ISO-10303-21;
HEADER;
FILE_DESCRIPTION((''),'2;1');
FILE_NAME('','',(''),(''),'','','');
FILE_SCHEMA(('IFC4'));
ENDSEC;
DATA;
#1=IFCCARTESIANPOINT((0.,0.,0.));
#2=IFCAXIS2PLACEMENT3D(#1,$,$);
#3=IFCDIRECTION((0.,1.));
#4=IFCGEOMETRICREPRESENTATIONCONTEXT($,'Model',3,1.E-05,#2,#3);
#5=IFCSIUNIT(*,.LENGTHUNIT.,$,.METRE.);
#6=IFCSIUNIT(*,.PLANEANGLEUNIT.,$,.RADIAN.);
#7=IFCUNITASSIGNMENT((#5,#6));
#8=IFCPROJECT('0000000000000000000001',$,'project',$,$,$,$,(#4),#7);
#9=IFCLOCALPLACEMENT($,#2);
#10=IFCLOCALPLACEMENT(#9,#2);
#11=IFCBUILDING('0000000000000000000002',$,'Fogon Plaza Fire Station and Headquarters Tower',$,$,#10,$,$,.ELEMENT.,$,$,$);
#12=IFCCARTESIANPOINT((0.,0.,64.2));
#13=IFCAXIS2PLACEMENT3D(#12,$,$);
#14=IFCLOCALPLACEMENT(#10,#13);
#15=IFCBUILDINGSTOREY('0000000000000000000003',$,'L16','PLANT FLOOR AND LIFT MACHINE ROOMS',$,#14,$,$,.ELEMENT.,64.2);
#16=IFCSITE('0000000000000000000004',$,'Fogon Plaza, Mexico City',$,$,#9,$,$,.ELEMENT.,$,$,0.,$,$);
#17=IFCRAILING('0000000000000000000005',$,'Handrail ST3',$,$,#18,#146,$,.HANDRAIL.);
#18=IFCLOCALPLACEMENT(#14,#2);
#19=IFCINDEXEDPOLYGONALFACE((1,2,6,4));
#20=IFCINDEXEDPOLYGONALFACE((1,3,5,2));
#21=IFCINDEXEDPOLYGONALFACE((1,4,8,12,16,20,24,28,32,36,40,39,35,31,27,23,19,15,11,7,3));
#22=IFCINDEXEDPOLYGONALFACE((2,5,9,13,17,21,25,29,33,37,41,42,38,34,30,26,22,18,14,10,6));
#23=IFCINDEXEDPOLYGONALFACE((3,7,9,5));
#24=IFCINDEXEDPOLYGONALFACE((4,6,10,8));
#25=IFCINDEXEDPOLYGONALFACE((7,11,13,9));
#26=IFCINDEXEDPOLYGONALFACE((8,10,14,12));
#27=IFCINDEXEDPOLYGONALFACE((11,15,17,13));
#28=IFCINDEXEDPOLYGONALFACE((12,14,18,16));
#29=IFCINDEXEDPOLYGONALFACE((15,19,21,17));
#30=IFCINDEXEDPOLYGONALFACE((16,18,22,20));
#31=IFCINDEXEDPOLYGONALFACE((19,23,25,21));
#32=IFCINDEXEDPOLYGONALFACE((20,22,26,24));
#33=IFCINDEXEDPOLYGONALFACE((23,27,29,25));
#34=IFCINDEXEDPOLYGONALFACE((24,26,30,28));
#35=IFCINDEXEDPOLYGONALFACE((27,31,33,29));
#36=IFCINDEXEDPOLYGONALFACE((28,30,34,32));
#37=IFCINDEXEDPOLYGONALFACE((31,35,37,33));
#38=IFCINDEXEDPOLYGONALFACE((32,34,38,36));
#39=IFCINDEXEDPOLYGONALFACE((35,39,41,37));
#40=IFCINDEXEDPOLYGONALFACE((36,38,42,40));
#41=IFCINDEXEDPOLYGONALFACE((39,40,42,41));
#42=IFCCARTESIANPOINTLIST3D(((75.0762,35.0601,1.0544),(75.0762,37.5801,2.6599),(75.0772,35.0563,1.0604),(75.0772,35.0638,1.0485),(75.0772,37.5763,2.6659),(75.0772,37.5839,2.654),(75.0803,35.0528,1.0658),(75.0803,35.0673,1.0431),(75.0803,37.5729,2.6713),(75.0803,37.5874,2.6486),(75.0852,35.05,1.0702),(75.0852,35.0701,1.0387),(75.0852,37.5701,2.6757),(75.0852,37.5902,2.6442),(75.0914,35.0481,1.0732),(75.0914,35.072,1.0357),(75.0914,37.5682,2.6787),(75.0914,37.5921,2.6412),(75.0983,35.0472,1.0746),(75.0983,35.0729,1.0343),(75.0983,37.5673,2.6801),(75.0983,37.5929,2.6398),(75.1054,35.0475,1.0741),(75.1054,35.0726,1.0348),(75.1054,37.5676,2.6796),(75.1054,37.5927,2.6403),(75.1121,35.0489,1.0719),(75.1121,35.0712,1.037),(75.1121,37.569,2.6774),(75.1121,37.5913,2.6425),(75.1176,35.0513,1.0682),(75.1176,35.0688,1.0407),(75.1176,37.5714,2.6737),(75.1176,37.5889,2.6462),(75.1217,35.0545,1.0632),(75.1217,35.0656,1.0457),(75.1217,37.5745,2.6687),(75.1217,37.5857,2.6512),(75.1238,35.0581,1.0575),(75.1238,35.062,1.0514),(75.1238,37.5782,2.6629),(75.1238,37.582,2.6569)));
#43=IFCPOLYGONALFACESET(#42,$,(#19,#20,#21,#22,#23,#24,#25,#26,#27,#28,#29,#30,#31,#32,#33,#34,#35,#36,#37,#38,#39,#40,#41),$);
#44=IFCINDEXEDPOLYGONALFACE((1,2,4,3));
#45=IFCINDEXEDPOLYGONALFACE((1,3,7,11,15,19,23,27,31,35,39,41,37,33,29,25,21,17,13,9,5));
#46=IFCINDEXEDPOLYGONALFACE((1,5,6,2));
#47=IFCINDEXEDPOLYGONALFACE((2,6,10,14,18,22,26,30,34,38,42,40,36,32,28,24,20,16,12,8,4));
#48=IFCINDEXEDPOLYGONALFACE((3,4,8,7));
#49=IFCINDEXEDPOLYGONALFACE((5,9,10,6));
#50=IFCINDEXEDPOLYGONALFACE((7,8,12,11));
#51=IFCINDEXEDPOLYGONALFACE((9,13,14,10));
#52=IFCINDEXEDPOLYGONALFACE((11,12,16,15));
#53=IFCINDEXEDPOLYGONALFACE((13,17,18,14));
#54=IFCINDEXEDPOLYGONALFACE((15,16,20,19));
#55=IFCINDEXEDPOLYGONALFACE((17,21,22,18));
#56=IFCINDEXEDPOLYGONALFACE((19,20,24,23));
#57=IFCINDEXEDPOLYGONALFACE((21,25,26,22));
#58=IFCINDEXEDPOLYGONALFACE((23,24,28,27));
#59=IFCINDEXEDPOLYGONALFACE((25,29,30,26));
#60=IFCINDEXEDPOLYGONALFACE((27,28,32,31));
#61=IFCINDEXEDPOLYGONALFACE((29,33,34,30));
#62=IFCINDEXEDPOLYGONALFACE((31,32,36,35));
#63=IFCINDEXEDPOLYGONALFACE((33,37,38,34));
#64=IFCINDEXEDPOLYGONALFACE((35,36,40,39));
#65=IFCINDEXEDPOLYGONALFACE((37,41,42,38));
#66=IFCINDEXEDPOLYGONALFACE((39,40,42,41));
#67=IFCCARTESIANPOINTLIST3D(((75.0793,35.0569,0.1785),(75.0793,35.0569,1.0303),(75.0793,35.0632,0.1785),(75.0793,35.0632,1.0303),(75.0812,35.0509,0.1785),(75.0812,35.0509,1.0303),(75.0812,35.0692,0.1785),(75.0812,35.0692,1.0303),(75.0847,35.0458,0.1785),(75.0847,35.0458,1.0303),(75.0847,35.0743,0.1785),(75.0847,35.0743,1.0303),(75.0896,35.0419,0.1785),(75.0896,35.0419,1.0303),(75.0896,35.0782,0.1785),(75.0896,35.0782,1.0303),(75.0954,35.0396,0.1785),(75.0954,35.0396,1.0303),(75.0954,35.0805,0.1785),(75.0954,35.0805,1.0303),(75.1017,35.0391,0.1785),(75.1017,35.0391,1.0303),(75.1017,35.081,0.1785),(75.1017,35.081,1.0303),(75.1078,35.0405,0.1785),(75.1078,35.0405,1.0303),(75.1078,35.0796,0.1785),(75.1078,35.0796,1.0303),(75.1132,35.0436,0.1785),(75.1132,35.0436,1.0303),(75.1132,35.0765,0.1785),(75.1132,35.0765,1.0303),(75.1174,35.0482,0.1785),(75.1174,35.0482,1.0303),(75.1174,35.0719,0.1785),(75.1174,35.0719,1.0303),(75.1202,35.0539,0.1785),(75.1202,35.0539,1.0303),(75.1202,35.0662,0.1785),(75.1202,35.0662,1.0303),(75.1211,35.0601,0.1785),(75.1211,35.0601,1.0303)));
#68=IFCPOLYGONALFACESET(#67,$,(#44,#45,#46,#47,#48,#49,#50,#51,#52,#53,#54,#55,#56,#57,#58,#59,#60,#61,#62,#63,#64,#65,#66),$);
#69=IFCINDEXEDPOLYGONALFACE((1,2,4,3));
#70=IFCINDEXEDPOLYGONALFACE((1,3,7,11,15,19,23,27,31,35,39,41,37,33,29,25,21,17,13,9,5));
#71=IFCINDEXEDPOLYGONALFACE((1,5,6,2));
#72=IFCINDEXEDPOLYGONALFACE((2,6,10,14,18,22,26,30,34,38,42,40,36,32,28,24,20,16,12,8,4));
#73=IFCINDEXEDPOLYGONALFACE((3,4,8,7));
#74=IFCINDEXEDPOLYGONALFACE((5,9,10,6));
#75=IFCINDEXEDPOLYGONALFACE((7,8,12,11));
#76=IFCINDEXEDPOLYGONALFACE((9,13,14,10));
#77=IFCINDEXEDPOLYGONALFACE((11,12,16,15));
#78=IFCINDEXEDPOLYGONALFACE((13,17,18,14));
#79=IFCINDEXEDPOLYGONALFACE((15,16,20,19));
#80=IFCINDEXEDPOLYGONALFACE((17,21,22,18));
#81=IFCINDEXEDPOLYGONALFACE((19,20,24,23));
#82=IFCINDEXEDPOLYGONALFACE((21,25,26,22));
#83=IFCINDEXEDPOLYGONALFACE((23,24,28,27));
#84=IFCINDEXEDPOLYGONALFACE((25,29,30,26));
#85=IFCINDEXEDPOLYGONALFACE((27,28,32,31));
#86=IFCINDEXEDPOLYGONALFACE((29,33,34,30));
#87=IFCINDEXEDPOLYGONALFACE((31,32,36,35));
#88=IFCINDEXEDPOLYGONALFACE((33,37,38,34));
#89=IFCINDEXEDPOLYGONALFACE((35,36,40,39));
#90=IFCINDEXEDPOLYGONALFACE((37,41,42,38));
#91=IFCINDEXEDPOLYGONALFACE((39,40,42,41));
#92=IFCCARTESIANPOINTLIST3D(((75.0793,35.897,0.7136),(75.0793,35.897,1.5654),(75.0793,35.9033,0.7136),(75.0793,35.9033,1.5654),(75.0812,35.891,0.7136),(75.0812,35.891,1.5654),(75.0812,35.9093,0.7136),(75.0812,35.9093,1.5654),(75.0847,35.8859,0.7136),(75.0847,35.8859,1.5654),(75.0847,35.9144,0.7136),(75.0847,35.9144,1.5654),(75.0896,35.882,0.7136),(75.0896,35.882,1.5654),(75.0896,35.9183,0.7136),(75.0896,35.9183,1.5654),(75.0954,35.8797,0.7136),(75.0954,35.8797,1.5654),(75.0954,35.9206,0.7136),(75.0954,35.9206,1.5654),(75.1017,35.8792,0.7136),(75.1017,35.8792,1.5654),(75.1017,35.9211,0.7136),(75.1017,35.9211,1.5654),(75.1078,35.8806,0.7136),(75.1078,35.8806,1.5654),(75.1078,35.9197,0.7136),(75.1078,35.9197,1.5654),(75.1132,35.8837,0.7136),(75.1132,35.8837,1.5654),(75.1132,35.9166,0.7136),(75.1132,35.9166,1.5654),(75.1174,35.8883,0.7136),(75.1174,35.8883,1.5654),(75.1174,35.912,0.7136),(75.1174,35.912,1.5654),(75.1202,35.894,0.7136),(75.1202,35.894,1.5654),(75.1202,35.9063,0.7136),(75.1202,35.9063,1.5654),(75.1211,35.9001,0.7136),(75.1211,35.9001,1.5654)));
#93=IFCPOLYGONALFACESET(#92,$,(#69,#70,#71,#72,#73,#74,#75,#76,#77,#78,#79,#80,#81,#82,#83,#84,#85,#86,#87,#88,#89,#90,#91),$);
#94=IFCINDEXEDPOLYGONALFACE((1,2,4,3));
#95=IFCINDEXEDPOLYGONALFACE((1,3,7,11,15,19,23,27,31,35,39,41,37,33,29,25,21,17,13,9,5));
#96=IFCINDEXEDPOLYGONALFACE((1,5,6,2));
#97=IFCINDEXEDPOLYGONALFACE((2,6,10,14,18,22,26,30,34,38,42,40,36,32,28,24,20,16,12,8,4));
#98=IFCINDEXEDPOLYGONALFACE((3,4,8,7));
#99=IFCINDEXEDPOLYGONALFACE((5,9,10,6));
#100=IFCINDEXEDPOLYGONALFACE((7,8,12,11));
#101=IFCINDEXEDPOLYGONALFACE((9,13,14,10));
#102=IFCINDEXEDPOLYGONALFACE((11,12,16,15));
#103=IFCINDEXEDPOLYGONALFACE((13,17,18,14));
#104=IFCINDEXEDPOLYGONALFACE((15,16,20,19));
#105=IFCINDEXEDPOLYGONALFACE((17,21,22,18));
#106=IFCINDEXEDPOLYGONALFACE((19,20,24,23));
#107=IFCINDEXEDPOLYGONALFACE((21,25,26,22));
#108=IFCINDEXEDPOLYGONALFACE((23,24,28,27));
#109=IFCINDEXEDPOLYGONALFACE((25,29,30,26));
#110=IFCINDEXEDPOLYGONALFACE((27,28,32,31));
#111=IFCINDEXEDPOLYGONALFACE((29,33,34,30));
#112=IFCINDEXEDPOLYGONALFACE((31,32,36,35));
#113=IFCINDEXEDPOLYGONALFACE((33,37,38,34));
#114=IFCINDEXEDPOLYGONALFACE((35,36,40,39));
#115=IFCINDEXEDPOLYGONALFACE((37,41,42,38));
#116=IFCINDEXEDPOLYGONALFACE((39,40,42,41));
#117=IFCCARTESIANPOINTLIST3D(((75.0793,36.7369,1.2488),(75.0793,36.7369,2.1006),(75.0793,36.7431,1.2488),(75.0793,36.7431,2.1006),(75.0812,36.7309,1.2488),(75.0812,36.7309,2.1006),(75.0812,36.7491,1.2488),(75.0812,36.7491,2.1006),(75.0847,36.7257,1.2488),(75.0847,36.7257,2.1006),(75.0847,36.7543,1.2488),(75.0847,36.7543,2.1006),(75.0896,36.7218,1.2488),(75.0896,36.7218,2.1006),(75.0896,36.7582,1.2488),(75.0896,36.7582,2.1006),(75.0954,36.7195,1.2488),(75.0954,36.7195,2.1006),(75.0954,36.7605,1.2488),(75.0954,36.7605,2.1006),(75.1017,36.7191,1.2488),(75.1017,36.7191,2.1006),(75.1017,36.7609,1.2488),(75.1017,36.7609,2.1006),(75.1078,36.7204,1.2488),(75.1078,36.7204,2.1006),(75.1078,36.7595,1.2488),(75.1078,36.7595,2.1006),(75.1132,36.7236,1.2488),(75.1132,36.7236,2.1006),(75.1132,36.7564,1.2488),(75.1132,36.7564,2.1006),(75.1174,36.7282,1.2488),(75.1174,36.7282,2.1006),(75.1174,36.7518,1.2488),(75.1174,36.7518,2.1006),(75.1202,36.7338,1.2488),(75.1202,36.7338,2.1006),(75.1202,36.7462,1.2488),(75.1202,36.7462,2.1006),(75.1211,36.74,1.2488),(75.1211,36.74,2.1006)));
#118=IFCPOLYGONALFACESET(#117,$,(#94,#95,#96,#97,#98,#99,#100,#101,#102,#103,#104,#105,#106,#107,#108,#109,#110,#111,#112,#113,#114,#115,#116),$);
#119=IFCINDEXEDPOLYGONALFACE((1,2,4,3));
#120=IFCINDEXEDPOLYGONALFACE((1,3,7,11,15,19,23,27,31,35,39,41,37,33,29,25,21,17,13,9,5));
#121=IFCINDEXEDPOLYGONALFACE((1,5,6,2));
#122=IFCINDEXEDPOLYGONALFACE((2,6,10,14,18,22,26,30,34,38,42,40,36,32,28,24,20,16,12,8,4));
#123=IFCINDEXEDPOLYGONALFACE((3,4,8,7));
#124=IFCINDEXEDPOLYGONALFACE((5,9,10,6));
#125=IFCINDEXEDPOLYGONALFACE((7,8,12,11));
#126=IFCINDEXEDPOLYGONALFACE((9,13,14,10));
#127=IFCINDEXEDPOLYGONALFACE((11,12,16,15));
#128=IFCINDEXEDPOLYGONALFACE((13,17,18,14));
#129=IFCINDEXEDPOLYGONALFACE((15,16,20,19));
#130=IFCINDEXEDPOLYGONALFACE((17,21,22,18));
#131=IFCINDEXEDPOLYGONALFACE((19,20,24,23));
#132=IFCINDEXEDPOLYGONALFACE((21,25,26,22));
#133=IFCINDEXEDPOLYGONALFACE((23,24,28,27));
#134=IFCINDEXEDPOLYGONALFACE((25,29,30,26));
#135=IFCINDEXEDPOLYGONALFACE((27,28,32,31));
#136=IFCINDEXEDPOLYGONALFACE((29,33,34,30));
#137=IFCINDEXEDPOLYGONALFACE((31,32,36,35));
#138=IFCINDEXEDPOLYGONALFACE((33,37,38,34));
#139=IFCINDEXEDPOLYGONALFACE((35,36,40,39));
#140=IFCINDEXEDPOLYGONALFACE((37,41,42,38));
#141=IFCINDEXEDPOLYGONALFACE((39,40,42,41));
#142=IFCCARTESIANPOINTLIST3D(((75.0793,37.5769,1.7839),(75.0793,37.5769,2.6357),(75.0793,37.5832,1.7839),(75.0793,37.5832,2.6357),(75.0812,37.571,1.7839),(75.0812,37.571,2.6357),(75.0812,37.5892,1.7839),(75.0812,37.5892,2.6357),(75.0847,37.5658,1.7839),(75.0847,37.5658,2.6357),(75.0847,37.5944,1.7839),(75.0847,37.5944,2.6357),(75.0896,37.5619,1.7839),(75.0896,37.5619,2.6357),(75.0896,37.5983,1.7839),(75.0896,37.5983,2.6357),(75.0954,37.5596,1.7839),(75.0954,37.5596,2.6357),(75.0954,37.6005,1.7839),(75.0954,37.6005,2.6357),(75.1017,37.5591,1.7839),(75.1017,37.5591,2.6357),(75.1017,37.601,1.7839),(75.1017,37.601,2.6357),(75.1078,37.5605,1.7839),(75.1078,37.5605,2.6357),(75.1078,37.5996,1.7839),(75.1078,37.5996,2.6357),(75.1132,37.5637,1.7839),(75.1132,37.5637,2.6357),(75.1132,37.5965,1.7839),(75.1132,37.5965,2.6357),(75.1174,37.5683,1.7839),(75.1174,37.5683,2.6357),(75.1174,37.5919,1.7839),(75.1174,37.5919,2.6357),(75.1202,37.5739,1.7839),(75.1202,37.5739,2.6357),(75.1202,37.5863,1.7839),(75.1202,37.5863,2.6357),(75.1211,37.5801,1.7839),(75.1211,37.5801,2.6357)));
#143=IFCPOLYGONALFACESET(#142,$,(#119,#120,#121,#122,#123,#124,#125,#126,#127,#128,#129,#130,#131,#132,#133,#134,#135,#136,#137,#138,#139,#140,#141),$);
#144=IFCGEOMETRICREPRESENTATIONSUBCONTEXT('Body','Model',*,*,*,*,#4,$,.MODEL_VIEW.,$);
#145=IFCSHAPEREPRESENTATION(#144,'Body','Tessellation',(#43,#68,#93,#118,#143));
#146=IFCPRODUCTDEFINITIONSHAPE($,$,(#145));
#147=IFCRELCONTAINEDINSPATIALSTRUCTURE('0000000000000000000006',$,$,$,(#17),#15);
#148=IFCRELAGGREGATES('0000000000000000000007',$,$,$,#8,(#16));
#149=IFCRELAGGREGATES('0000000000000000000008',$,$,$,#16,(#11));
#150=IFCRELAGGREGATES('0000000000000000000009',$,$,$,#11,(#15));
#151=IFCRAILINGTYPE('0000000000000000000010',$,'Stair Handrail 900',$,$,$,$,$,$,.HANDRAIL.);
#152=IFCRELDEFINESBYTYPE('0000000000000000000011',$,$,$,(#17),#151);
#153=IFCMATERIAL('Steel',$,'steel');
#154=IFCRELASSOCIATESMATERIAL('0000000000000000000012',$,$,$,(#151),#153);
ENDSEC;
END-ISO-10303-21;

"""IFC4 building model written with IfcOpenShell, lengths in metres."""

from ifc_helpers import new_model, si_unit, direction, frame, origin, origin_2d, place, context, subcontext, project, spatial, circle, extrude, material, type_object, element, save


model = new_model("IFC4")

# Units and contexts
model_context = context("Model", 3, precision=1e-05, world=origin(), true_north=direction((0.0, 1.0)))
body_context = subcontext(model_context, "Body", "Model", "MODEL_VIEW")
ifc_project = project(units=[si_unit("LENGTHUNIT", "METRE"), si_unit("PLANEANGLEUNIT", "RADIAN")], contexts=[model_context])

# Site, building, storey
site_placement = place(None, origin())
site = spatial("IfcSite", under=ifc_project, at=site_placement, Name="Fogon Plaza, Mexico City", CompositionType="ELEMENT", RefElevation=0.0)
building_placement = place(site_placement, origin())
building = spatial("IfcBuilding", under=site, at=building_placement, Name="Fogon Plaza Fire Station and Headquarters Tower", CompositionType="ELEMENT")
storey_placement = place(building_placement, frame((0.0, 0.0, 64.2)))
storey = spatial("IfcBuildingStorey", under=building, at=storey_placement, Name="L16", Description="PLANT FLOOR AND LIFT MACHINE ROOMS", CompositionType="ELEMENT", Elevation=64.2)

# Railing
ifc_material_1 = material(Name="Steel", Category="steel")
railing_type = type_object("IfcRailingType", Name="Stair Handrail 900", PredefinedType="HANDRAIL", material=ifc_material_1)
for number, where, name in (
    (1, (75.1001, 35.0601, 0.1785), "Handrail ST3"),
):
    element("IfcRailing", number, at=place(storey_placement, frame(where)), inside=storey, type_object=railing_type, Name=name, PredefinedType="HANDRAIL", context=body_context, shape_type="SweptSolid", body=[
        extrude(circle(Radius=0.0239, at=origin_2d()), frame((0.0, 0.0, 0.876), z_axis=(0.0, 0.843385, 0.537309), x_axis=(-1.0, 0.0, 0.0)), (0.0, 0.0, 1.0), 2.988),
        extrude(circle(Radius=0.021, at=origin_2d()), origin(), (0.0, 0.0, 1.0), 0.8518),
        extrude(circle(Radius=0.021, at=origin_2d()), frame((0.0, 0.8401, 0.5352)), (0.0, 0.0, 1.0), 0.8518),
        extrude(circle(Radius=0.021, at=origin_2d()), frame((0.0, 1.6799, 1.0703)), (0.0, 0.0, 1.0), 0.8518),
        extrude(circle(Radius=0.021, at=origin_2d()), frame((0.0, 2.52, 1.6055)), (0.0, 0.0, 1.0), 0.8518),
    ])

save(model, "model.ifc")
